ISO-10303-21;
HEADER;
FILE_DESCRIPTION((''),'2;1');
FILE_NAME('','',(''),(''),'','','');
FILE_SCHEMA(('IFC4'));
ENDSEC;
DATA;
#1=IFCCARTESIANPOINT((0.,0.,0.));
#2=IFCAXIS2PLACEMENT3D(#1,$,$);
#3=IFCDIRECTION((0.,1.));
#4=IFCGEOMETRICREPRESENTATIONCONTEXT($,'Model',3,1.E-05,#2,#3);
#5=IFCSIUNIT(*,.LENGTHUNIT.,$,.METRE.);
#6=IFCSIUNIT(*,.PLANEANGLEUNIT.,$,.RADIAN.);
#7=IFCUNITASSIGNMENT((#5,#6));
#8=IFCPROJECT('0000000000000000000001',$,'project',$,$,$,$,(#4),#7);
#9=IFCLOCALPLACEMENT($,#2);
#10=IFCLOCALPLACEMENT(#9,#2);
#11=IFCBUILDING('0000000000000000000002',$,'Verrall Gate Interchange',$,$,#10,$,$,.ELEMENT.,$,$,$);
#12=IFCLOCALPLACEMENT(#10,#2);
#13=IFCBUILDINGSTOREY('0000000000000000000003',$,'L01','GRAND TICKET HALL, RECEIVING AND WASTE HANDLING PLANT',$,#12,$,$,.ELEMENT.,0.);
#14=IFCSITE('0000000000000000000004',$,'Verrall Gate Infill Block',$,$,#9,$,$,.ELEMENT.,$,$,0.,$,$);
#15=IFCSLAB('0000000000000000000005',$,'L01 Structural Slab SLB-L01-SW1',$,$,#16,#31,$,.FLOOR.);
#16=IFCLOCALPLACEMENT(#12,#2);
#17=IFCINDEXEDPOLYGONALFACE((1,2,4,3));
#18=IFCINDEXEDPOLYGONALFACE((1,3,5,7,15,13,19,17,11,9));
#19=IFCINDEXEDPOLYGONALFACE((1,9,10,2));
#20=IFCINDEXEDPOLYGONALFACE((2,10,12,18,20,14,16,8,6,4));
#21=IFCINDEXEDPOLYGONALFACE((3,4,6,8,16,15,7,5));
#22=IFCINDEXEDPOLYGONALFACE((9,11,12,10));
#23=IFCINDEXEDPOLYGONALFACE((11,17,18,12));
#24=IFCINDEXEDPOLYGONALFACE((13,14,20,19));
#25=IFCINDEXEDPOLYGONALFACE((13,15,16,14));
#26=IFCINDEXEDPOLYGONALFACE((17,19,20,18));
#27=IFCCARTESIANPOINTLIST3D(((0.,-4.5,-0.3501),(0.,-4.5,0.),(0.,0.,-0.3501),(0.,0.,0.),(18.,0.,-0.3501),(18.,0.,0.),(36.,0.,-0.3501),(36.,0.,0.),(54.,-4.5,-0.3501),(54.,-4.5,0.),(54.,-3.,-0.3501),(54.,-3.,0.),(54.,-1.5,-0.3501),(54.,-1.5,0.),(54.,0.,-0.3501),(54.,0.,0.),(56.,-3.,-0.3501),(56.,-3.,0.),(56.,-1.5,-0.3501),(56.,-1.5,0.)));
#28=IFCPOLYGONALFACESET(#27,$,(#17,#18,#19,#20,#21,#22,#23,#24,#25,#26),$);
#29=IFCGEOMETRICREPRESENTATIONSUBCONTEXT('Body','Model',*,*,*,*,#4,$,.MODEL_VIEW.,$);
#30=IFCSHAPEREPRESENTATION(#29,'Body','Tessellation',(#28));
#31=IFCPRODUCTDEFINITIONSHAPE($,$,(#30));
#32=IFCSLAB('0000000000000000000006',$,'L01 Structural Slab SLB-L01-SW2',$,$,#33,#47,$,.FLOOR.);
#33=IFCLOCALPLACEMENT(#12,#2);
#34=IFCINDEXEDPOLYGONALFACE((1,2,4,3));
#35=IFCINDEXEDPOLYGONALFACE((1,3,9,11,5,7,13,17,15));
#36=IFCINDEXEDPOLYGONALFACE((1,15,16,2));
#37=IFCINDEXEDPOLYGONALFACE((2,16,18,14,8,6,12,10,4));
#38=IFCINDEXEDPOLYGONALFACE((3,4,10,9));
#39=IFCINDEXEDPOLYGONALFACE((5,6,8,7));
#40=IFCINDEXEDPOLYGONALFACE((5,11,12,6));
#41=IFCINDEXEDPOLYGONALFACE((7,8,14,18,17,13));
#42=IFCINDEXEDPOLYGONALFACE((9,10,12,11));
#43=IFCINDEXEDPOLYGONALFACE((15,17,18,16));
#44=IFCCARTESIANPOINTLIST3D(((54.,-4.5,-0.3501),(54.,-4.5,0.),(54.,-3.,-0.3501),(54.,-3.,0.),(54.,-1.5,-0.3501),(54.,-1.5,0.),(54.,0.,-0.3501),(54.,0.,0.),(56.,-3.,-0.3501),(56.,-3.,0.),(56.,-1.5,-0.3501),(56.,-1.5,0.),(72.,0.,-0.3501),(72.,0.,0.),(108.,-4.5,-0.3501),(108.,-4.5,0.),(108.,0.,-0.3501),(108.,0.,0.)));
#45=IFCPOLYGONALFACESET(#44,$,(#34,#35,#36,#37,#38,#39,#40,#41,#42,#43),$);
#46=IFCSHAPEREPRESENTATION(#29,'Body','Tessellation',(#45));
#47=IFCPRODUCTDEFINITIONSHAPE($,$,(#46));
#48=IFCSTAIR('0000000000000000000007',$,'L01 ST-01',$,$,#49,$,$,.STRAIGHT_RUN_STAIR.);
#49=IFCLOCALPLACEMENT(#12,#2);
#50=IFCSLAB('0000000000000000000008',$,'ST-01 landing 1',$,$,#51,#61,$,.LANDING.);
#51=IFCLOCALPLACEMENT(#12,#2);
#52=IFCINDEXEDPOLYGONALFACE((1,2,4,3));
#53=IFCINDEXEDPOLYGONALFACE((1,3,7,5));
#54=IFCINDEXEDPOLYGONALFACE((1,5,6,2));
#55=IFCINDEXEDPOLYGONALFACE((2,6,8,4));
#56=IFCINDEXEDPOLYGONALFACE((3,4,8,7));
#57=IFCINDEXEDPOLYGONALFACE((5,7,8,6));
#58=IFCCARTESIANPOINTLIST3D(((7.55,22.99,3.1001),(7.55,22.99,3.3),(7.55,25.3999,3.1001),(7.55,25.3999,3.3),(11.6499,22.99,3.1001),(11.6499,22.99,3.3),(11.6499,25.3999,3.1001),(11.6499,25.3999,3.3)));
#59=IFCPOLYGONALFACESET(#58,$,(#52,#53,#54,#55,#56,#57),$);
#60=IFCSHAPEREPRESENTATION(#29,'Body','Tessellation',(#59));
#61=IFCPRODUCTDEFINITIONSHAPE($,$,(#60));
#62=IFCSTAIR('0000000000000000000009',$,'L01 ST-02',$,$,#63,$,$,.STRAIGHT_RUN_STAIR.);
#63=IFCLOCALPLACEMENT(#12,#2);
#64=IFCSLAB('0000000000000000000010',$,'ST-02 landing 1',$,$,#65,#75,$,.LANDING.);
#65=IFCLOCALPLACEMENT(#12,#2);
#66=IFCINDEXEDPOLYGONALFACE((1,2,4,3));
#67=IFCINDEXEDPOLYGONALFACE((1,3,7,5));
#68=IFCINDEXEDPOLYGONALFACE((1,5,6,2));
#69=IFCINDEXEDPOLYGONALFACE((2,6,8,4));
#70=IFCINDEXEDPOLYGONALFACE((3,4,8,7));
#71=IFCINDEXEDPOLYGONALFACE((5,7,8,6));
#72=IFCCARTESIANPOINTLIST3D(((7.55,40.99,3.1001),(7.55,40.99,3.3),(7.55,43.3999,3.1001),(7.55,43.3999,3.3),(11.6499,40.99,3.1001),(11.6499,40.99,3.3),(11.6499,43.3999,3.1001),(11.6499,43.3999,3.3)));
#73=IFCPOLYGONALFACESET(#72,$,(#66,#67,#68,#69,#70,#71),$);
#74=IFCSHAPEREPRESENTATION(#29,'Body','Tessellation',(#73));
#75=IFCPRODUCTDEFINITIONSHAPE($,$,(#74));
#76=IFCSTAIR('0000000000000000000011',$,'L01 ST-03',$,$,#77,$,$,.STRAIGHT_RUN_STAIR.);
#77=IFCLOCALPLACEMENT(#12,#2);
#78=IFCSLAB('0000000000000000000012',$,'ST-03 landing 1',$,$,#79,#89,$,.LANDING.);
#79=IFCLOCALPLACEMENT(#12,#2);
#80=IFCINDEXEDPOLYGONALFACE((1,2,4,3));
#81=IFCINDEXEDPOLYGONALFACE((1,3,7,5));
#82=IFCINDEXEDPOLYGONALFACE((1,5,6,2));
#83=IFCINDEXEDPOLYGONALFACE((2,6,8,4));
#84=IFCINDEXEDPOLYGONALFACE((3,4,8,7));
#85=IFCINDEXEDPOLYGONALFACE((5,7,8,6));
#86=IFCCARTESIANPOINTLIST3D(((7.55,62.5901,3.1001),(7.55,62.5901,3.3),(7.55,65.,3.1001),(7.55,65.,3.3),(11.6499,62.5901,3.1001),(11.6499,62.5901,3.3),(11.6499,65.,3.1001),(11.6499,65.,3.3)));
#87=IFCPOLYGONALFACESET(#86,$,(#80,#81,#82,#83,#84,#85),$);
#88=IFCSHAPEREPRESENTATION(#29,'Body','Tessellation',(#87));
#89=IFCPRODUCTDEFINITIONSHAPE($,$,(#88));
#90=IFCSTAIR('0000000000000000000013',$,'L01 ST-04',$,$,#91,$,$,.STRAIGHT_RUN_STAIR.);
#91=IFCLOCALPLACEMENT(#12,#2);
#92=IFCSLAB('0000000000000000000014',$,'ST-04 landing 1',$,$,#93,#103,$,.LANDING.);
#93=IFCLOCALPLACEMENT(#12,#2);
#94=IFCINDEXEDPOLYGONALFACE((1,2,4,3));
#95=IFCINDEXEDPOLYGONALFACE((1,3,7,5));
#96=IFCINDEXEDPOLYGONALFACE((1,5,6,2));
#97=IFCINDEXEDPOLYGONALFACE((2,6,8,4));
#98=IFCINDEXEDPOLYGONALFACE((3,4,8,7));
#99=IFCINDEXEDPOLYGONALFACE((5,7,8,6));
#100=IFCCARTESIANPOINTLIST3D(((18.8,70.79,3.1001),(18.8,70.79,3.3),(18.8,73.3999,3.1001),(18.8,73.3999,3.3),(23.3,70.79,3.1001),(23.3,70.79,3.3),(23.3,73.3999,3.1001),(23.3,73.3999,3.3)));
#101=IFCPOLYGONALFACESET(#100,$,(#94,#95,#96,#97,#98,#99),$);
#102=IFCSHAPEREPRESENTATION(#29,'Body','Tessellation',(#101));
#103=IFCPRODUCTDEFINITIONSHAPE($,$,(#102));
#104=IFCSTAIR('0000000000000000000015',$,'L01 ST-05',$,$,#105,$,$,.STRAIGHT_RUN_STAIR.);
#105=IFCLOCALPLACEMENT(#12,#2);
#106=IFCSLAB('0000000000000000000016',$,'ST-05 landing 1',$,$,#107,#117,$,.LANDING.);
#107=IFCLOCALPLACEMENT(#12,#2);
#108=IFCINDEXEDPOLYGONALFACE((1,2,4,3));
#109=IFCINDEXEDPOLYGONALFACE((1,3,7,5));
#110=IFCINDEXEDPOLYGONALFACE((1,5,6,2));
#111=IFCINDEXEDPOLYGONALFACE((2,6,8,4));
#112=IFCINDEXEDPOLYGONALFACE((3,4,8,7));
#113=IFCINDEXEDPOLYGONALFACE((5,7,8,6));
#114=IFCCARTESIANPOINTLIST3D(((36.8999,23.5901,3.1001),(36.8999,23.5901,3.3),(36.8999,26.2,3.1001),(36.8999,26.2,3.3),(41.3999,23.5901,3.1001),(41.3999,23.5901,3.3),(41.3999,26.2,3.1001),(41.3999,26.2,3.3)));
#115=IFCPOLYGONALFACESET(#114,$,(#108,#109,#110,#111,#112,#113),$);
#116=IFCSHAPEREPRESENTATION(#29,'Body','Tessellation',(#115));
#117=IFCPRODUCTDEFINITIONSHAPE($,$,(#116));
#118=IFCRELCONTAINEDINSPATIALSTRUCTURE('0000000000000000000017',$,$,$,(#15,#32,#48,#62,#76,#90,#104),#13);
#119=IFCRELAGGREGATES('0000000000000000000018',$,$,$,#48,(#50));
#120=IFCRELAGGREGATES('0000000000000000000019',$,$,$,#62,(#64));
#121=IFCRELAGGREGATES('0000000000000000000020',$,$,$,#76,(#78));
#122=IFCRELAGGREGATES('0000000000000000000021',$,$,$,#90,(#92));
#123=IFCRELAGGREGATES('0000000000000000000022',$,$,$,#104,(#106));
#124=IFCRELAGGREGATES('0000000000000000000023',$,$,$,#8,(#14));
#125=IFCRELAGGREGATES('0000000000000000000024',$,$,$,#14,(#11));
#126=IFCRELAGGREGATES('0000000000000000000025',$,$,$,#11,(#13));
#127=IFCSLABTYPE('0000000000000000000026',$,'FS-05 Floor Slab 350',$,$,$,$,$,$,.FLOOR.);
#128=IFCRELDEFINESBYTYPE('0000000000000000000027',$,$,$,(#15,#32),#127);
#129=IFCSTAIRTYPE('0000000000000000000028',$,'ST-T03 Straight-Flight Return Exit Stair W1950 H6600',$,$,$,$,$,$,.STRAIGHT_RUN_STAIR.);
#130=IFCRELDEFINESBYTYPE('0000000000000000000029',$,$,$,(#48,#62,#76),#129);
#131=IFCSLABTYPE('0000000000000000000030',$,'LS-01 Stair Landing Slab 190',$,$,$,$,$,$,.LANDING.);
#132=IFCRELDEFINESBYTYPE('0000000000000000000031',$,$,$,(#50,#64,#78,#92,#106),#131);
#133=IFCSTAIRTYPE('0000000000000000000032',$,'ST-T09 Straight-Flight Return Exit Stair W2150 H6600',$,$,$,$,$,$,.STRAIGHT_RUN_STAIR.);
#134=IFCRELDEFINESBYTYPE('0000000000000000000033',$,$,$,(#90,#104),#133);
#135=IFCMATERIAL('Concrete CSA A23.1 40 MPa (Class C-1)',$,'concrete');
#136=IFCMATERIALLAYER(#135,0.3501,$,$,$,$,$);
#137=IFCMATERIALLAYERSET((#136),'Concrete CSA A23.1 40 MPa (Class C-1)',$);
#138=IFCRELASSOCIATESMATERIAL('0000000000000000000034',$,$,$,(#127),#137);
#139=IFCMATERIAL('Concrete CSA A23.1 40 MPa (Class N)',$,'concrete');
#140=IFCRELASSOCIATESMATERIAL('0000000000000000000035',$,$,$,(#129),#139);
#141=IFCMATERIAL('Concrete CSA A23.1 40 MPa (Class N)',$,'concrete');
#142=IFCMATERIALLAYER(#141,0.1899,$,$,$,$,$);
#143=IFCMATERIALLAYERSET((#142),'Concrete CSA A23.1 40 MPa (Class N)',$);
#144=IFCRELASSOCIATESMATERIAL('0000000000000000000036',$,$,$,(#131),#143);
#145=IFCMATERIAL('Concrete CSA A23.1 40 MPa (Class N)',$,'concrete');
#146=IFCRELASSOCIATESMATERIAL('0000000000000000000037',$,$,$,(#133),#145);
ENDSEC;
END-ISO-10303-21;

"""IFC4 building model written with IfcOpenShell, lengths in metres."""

from ifc_helpers import new_model, si_unit, direction, frame, origin, place, context, subcontext, project, spatial, polyline, outline, extrude, material, layer, layer_set, type_object, element, aggregate, save


model = new_model("IFC4")

# Units and contexts
model_context = context("Model", 3, precision=1e-05, world=origin(), true_north=direction((0.0, 1.0)))
body_context = subcontext(model_context, "Body", "Model", "MODEL_VIEW")
ifc_project = project(units=[si_unit("LENGTHUNIT", "METRE"), si_unit("PLANEANGLEUNIT", "RADIAN")], contexts=[model_context])

# Site, building, storey
site_placement = place(None, origin())
site = spatial("IfcSite", under=ifc_project, at=site_placement, Name="Verrall Gate Infill Block", CompositionType="ELEMENT", RefElevation=0.0)
building_placement = place(site_placement, origin())
building = spatial("IfcBuilding", under=site, at=building_placement, Name="Verrall Gate Interchange", CompositionType="ELEMENT")
storey_placement = place(building_placement, origin())
storey = spatial("IfcBuildingStorey", under=building, at=storey_placement, Name="L01", Description="GRAND TICKET HALL, RECEIVING AND WASTE HANDLING PLANT", CompositionType="ELEMENT", Elevation=0.0)

# Slabs
ifc_material_1 = material(Name="Concrete CSA A23.1 40 MPa (Class C-1)", Category="concrete")
ifc_layer_1 = layer(ifc_material_1, 0.3501)
ifc_layer_set_1 = layer_set([ifc_layer_1], Name="Concrete CSA A23.1 40 MPa (Class C-1)")
slab_type_1 = type_object("IfcSlabType", Name="FS-05 Floor Slab 350", PredefinedType="FLOOR", material=ifc_layer_set_1)
slab_1_placement = place(storey_placement, frame((0.0, 0.0, -0.3501)))
element("IfcSlab", 1, at=slab_1_placement, inside=storey, type_object=slab_type_1, Name="L01 Structural Slab SLB-L01-SW1", PredefinedType="FLOOR", context=body_context, shape_type="SweptSolid", body=[
    extrude(outline(polyline([(0.0, 0.0), (18.0, 0.0), (36.0, 0.0), (54.0, 0.0), (54.0, -1.5), (56.0, -1.5), (56.0, -3.0), (54.0, -3.0), (54.0, -4.5), (0.0, -4.5), (0.0, 0.0)])), origin(), (0.0, 0.0, 1.0), 0.3501),
])
slab_2_placement = place(storey_placement, frame((0.0, 0.0, -0.3501)))
element("IfcSlab", 2, at=slab_2_placement, inside=storey, type_object=slab_type_1, Name="L01 Structural Slab SLB-L01-SW2", PredefinedType="FLOOR", context=body_context, shape_type="SweptSolid", body=[
    extrude(outline(polyline([(108.0, -4.5), (54.0, -4.5), (54.0, -3.0), (56.0, -3.0), (56.0, -1.5), (54.0, -1.5), (54.0, 0.0), (72.0, 0.0), (108.0, 0.0), (108.0, -4.5)])), origin(), (0.0, 0.0, 1.0), 0.3501),
])

# Stairs, slabs
ifc_material_2 = material(Name="Concrete CSA A23.1 40 MPa (Class N)", Category="concrete")
stair_type_1 = type_object("IfcStairType", Name="ST-T03 Straight-Flight Return Exit Stair W1950 H6600", PredefinedType="STRAIGHT_RUN_STAIR", material=ifc_material_2)
stair_1_placement = place(storey_placement, origin())
stair_1 = element("IfcStair", 3, at=stair_1_placement, inside=storey, type_object=stair_type_1, Name="L01 ST-01", PredefinedType="STRAIGHT_RUN_STAIR")
ifc_material_3 = material(Name="Concrete CSA A23.1 40 MPa (Class N)", Category="concrete")
ifc_layer_2 = layer(ifc_material_3, 0.1899)
ifc_layer_set_2 = layer_set([ifc_layer_2], Name="Concrete CSA A23.1 40 MPa (Class N)")
slab_type_2 = type_object("IfcSlabType", Name="LS-01 Stair Landing Slab 190", PredefinedType="LANDING", material=ifc_layer_set_2)
slab_3_placement = place(storey_placement, frame((0.0, 0.0, 3.1001)))
slab_3 = element("IfcSlab", 4, at=slab_3_placement, type_object=slab_type_2, Name="ST-01 landing 1", PredefinedType="LANDING", context=body_context, shape_type="SweptSolid", body=[
    extrude(outline(polyline([(11.6499, 22.99), (11.6499, 25.3999), (7.55, 25.3999), (7.55, 22.99), (11.6499, 22.99)])), origin(), (0.0, 0.0, 1.0), 0.2),
])
aggregate(stair_1, [slab_3])
stair_2_placement = place(storey_placement, origin())
stair_2 = element("IfcStair", 5, at=stair_2_placement, inside=storey, type_object=stair_type_1, Name="L01 ST-02", PredefinedType="STRAIGHT_RUN_STAIR")
slab_4_placement = place(storey_placement, frame((0.0, 0.0, 3.1001)))
slab_4 = element("IfcSlab", 6, at=slab_4_placement, type_object=slab_type_2, Name="ST-02 landing 1", PredefinedType="LANDING", context=body_context, shape_type="SweptSolid", body=[
    extrude(outline(polyline([(11.6499, 40.99), (11.6499, 43.3999), (7.55, 43.3999), (7.55, 40.99), (11.6499, 40.99)])), origin(), (0.0, 0.0, 1.0), 0.2),
])
aggregate(stair_2, [slab_4])
stair_3_placement = place(storey_placement, origin())
stair_3 = element("IfcStair", 7, at=stair_3_placement, inside=storey, type_object=stair_type_1, Name="L01 ST-03", PredefinedType="STRAIGHT_RUN_STAIR")
slab_5_placement = place(storey_placement, frame((0.0, 0.0, 3.1001)))
slab_5 = element("IfcSlab", 8, at=slab_5_placement, type_object=slab_type_2, Name="ST-03 landing 1", PredefinedType="LANDING", context=body_context, shape_type="SweptSolid", body=[
    extrude(outline(polyline([(11.6499, 62.5901), (11.6499, 65.0), (7.55, 65.0), (7.55, 62.5901), (11.6499, 62.5901)])), origin(), (0.0, 0.0, 1.0), 0.2),
])
aggregate(stair_3, [slab_5])
ifc_material_4 = material(Name="Concrete CSA A23.1 40 MPa (Class N)", Category="concrete")
stair_type_2 = type_object("IfcStairType", Name="ST-T09 Straight-Flight Return Exit Stair W2150 H6600", PredefinedType="STRAIGHT_RUN_STAIR", material=ifc_material_4)
stair_4_placement = place(storey_placement, origin())
stair_4 = element("IfcStair", 9, at=stair_4_placement, inside=storey, type_object=stair_type_2, Name="L01 ST-04", PredefinedType="STRAIGHT_RUN_STAIR")
slab_6_placement = place(storey_placement, frame((0.0, 0.0, 3.1001)))
slab_6 = element("IfcSlab", 10, at=slab_6_placement, type_object=slab_type_2, Name="ST-04 landing 1", PredefinedType="LANDING", context=body_context, shape_type="SweptSolid", body=[
    extrude(outline(polyline([(23.3, 70.79), (23.3, 73.3999), (18.8, 73.3999), (18.8, 70.79), (23.3, 70.79)])), origin(), (0.0, 0.0, 1.0), 0.2),
])
aggregate(stair_4, [slab_6])
stair_5_placement = place(storey_placement, origin())
stair_5 = element("IfcStair", 11, at=stair_5_placement, inside=storey, type_object=stair_type_2, Name="L01 ST-05", PredefinedType="STRAIGHT_RUN_STAIR")
slab_7_placement = place(storey_placement, frame((0.0, 0.0, 3.1001)))
slab_7 = element("IfcSlab", 12, at=slab_7_placement, type_object=slab_type_2, Name="ST-05 landing 1", PredefinedType="LANDING", context=body_context, shape_type="SweptSolid", body=[
    extrude(outline(polyline([(41.3999, 23.5901), (41.3999, 26.2), (36.8999, 26.2), (36.8999, 23.5901), (41.3999, 23.5901)])), origin(), (0.0, 0.0, 1.0), 0.2),
])
aggregate(stair_5, [slab_7])

save(model, "model.ifc")
